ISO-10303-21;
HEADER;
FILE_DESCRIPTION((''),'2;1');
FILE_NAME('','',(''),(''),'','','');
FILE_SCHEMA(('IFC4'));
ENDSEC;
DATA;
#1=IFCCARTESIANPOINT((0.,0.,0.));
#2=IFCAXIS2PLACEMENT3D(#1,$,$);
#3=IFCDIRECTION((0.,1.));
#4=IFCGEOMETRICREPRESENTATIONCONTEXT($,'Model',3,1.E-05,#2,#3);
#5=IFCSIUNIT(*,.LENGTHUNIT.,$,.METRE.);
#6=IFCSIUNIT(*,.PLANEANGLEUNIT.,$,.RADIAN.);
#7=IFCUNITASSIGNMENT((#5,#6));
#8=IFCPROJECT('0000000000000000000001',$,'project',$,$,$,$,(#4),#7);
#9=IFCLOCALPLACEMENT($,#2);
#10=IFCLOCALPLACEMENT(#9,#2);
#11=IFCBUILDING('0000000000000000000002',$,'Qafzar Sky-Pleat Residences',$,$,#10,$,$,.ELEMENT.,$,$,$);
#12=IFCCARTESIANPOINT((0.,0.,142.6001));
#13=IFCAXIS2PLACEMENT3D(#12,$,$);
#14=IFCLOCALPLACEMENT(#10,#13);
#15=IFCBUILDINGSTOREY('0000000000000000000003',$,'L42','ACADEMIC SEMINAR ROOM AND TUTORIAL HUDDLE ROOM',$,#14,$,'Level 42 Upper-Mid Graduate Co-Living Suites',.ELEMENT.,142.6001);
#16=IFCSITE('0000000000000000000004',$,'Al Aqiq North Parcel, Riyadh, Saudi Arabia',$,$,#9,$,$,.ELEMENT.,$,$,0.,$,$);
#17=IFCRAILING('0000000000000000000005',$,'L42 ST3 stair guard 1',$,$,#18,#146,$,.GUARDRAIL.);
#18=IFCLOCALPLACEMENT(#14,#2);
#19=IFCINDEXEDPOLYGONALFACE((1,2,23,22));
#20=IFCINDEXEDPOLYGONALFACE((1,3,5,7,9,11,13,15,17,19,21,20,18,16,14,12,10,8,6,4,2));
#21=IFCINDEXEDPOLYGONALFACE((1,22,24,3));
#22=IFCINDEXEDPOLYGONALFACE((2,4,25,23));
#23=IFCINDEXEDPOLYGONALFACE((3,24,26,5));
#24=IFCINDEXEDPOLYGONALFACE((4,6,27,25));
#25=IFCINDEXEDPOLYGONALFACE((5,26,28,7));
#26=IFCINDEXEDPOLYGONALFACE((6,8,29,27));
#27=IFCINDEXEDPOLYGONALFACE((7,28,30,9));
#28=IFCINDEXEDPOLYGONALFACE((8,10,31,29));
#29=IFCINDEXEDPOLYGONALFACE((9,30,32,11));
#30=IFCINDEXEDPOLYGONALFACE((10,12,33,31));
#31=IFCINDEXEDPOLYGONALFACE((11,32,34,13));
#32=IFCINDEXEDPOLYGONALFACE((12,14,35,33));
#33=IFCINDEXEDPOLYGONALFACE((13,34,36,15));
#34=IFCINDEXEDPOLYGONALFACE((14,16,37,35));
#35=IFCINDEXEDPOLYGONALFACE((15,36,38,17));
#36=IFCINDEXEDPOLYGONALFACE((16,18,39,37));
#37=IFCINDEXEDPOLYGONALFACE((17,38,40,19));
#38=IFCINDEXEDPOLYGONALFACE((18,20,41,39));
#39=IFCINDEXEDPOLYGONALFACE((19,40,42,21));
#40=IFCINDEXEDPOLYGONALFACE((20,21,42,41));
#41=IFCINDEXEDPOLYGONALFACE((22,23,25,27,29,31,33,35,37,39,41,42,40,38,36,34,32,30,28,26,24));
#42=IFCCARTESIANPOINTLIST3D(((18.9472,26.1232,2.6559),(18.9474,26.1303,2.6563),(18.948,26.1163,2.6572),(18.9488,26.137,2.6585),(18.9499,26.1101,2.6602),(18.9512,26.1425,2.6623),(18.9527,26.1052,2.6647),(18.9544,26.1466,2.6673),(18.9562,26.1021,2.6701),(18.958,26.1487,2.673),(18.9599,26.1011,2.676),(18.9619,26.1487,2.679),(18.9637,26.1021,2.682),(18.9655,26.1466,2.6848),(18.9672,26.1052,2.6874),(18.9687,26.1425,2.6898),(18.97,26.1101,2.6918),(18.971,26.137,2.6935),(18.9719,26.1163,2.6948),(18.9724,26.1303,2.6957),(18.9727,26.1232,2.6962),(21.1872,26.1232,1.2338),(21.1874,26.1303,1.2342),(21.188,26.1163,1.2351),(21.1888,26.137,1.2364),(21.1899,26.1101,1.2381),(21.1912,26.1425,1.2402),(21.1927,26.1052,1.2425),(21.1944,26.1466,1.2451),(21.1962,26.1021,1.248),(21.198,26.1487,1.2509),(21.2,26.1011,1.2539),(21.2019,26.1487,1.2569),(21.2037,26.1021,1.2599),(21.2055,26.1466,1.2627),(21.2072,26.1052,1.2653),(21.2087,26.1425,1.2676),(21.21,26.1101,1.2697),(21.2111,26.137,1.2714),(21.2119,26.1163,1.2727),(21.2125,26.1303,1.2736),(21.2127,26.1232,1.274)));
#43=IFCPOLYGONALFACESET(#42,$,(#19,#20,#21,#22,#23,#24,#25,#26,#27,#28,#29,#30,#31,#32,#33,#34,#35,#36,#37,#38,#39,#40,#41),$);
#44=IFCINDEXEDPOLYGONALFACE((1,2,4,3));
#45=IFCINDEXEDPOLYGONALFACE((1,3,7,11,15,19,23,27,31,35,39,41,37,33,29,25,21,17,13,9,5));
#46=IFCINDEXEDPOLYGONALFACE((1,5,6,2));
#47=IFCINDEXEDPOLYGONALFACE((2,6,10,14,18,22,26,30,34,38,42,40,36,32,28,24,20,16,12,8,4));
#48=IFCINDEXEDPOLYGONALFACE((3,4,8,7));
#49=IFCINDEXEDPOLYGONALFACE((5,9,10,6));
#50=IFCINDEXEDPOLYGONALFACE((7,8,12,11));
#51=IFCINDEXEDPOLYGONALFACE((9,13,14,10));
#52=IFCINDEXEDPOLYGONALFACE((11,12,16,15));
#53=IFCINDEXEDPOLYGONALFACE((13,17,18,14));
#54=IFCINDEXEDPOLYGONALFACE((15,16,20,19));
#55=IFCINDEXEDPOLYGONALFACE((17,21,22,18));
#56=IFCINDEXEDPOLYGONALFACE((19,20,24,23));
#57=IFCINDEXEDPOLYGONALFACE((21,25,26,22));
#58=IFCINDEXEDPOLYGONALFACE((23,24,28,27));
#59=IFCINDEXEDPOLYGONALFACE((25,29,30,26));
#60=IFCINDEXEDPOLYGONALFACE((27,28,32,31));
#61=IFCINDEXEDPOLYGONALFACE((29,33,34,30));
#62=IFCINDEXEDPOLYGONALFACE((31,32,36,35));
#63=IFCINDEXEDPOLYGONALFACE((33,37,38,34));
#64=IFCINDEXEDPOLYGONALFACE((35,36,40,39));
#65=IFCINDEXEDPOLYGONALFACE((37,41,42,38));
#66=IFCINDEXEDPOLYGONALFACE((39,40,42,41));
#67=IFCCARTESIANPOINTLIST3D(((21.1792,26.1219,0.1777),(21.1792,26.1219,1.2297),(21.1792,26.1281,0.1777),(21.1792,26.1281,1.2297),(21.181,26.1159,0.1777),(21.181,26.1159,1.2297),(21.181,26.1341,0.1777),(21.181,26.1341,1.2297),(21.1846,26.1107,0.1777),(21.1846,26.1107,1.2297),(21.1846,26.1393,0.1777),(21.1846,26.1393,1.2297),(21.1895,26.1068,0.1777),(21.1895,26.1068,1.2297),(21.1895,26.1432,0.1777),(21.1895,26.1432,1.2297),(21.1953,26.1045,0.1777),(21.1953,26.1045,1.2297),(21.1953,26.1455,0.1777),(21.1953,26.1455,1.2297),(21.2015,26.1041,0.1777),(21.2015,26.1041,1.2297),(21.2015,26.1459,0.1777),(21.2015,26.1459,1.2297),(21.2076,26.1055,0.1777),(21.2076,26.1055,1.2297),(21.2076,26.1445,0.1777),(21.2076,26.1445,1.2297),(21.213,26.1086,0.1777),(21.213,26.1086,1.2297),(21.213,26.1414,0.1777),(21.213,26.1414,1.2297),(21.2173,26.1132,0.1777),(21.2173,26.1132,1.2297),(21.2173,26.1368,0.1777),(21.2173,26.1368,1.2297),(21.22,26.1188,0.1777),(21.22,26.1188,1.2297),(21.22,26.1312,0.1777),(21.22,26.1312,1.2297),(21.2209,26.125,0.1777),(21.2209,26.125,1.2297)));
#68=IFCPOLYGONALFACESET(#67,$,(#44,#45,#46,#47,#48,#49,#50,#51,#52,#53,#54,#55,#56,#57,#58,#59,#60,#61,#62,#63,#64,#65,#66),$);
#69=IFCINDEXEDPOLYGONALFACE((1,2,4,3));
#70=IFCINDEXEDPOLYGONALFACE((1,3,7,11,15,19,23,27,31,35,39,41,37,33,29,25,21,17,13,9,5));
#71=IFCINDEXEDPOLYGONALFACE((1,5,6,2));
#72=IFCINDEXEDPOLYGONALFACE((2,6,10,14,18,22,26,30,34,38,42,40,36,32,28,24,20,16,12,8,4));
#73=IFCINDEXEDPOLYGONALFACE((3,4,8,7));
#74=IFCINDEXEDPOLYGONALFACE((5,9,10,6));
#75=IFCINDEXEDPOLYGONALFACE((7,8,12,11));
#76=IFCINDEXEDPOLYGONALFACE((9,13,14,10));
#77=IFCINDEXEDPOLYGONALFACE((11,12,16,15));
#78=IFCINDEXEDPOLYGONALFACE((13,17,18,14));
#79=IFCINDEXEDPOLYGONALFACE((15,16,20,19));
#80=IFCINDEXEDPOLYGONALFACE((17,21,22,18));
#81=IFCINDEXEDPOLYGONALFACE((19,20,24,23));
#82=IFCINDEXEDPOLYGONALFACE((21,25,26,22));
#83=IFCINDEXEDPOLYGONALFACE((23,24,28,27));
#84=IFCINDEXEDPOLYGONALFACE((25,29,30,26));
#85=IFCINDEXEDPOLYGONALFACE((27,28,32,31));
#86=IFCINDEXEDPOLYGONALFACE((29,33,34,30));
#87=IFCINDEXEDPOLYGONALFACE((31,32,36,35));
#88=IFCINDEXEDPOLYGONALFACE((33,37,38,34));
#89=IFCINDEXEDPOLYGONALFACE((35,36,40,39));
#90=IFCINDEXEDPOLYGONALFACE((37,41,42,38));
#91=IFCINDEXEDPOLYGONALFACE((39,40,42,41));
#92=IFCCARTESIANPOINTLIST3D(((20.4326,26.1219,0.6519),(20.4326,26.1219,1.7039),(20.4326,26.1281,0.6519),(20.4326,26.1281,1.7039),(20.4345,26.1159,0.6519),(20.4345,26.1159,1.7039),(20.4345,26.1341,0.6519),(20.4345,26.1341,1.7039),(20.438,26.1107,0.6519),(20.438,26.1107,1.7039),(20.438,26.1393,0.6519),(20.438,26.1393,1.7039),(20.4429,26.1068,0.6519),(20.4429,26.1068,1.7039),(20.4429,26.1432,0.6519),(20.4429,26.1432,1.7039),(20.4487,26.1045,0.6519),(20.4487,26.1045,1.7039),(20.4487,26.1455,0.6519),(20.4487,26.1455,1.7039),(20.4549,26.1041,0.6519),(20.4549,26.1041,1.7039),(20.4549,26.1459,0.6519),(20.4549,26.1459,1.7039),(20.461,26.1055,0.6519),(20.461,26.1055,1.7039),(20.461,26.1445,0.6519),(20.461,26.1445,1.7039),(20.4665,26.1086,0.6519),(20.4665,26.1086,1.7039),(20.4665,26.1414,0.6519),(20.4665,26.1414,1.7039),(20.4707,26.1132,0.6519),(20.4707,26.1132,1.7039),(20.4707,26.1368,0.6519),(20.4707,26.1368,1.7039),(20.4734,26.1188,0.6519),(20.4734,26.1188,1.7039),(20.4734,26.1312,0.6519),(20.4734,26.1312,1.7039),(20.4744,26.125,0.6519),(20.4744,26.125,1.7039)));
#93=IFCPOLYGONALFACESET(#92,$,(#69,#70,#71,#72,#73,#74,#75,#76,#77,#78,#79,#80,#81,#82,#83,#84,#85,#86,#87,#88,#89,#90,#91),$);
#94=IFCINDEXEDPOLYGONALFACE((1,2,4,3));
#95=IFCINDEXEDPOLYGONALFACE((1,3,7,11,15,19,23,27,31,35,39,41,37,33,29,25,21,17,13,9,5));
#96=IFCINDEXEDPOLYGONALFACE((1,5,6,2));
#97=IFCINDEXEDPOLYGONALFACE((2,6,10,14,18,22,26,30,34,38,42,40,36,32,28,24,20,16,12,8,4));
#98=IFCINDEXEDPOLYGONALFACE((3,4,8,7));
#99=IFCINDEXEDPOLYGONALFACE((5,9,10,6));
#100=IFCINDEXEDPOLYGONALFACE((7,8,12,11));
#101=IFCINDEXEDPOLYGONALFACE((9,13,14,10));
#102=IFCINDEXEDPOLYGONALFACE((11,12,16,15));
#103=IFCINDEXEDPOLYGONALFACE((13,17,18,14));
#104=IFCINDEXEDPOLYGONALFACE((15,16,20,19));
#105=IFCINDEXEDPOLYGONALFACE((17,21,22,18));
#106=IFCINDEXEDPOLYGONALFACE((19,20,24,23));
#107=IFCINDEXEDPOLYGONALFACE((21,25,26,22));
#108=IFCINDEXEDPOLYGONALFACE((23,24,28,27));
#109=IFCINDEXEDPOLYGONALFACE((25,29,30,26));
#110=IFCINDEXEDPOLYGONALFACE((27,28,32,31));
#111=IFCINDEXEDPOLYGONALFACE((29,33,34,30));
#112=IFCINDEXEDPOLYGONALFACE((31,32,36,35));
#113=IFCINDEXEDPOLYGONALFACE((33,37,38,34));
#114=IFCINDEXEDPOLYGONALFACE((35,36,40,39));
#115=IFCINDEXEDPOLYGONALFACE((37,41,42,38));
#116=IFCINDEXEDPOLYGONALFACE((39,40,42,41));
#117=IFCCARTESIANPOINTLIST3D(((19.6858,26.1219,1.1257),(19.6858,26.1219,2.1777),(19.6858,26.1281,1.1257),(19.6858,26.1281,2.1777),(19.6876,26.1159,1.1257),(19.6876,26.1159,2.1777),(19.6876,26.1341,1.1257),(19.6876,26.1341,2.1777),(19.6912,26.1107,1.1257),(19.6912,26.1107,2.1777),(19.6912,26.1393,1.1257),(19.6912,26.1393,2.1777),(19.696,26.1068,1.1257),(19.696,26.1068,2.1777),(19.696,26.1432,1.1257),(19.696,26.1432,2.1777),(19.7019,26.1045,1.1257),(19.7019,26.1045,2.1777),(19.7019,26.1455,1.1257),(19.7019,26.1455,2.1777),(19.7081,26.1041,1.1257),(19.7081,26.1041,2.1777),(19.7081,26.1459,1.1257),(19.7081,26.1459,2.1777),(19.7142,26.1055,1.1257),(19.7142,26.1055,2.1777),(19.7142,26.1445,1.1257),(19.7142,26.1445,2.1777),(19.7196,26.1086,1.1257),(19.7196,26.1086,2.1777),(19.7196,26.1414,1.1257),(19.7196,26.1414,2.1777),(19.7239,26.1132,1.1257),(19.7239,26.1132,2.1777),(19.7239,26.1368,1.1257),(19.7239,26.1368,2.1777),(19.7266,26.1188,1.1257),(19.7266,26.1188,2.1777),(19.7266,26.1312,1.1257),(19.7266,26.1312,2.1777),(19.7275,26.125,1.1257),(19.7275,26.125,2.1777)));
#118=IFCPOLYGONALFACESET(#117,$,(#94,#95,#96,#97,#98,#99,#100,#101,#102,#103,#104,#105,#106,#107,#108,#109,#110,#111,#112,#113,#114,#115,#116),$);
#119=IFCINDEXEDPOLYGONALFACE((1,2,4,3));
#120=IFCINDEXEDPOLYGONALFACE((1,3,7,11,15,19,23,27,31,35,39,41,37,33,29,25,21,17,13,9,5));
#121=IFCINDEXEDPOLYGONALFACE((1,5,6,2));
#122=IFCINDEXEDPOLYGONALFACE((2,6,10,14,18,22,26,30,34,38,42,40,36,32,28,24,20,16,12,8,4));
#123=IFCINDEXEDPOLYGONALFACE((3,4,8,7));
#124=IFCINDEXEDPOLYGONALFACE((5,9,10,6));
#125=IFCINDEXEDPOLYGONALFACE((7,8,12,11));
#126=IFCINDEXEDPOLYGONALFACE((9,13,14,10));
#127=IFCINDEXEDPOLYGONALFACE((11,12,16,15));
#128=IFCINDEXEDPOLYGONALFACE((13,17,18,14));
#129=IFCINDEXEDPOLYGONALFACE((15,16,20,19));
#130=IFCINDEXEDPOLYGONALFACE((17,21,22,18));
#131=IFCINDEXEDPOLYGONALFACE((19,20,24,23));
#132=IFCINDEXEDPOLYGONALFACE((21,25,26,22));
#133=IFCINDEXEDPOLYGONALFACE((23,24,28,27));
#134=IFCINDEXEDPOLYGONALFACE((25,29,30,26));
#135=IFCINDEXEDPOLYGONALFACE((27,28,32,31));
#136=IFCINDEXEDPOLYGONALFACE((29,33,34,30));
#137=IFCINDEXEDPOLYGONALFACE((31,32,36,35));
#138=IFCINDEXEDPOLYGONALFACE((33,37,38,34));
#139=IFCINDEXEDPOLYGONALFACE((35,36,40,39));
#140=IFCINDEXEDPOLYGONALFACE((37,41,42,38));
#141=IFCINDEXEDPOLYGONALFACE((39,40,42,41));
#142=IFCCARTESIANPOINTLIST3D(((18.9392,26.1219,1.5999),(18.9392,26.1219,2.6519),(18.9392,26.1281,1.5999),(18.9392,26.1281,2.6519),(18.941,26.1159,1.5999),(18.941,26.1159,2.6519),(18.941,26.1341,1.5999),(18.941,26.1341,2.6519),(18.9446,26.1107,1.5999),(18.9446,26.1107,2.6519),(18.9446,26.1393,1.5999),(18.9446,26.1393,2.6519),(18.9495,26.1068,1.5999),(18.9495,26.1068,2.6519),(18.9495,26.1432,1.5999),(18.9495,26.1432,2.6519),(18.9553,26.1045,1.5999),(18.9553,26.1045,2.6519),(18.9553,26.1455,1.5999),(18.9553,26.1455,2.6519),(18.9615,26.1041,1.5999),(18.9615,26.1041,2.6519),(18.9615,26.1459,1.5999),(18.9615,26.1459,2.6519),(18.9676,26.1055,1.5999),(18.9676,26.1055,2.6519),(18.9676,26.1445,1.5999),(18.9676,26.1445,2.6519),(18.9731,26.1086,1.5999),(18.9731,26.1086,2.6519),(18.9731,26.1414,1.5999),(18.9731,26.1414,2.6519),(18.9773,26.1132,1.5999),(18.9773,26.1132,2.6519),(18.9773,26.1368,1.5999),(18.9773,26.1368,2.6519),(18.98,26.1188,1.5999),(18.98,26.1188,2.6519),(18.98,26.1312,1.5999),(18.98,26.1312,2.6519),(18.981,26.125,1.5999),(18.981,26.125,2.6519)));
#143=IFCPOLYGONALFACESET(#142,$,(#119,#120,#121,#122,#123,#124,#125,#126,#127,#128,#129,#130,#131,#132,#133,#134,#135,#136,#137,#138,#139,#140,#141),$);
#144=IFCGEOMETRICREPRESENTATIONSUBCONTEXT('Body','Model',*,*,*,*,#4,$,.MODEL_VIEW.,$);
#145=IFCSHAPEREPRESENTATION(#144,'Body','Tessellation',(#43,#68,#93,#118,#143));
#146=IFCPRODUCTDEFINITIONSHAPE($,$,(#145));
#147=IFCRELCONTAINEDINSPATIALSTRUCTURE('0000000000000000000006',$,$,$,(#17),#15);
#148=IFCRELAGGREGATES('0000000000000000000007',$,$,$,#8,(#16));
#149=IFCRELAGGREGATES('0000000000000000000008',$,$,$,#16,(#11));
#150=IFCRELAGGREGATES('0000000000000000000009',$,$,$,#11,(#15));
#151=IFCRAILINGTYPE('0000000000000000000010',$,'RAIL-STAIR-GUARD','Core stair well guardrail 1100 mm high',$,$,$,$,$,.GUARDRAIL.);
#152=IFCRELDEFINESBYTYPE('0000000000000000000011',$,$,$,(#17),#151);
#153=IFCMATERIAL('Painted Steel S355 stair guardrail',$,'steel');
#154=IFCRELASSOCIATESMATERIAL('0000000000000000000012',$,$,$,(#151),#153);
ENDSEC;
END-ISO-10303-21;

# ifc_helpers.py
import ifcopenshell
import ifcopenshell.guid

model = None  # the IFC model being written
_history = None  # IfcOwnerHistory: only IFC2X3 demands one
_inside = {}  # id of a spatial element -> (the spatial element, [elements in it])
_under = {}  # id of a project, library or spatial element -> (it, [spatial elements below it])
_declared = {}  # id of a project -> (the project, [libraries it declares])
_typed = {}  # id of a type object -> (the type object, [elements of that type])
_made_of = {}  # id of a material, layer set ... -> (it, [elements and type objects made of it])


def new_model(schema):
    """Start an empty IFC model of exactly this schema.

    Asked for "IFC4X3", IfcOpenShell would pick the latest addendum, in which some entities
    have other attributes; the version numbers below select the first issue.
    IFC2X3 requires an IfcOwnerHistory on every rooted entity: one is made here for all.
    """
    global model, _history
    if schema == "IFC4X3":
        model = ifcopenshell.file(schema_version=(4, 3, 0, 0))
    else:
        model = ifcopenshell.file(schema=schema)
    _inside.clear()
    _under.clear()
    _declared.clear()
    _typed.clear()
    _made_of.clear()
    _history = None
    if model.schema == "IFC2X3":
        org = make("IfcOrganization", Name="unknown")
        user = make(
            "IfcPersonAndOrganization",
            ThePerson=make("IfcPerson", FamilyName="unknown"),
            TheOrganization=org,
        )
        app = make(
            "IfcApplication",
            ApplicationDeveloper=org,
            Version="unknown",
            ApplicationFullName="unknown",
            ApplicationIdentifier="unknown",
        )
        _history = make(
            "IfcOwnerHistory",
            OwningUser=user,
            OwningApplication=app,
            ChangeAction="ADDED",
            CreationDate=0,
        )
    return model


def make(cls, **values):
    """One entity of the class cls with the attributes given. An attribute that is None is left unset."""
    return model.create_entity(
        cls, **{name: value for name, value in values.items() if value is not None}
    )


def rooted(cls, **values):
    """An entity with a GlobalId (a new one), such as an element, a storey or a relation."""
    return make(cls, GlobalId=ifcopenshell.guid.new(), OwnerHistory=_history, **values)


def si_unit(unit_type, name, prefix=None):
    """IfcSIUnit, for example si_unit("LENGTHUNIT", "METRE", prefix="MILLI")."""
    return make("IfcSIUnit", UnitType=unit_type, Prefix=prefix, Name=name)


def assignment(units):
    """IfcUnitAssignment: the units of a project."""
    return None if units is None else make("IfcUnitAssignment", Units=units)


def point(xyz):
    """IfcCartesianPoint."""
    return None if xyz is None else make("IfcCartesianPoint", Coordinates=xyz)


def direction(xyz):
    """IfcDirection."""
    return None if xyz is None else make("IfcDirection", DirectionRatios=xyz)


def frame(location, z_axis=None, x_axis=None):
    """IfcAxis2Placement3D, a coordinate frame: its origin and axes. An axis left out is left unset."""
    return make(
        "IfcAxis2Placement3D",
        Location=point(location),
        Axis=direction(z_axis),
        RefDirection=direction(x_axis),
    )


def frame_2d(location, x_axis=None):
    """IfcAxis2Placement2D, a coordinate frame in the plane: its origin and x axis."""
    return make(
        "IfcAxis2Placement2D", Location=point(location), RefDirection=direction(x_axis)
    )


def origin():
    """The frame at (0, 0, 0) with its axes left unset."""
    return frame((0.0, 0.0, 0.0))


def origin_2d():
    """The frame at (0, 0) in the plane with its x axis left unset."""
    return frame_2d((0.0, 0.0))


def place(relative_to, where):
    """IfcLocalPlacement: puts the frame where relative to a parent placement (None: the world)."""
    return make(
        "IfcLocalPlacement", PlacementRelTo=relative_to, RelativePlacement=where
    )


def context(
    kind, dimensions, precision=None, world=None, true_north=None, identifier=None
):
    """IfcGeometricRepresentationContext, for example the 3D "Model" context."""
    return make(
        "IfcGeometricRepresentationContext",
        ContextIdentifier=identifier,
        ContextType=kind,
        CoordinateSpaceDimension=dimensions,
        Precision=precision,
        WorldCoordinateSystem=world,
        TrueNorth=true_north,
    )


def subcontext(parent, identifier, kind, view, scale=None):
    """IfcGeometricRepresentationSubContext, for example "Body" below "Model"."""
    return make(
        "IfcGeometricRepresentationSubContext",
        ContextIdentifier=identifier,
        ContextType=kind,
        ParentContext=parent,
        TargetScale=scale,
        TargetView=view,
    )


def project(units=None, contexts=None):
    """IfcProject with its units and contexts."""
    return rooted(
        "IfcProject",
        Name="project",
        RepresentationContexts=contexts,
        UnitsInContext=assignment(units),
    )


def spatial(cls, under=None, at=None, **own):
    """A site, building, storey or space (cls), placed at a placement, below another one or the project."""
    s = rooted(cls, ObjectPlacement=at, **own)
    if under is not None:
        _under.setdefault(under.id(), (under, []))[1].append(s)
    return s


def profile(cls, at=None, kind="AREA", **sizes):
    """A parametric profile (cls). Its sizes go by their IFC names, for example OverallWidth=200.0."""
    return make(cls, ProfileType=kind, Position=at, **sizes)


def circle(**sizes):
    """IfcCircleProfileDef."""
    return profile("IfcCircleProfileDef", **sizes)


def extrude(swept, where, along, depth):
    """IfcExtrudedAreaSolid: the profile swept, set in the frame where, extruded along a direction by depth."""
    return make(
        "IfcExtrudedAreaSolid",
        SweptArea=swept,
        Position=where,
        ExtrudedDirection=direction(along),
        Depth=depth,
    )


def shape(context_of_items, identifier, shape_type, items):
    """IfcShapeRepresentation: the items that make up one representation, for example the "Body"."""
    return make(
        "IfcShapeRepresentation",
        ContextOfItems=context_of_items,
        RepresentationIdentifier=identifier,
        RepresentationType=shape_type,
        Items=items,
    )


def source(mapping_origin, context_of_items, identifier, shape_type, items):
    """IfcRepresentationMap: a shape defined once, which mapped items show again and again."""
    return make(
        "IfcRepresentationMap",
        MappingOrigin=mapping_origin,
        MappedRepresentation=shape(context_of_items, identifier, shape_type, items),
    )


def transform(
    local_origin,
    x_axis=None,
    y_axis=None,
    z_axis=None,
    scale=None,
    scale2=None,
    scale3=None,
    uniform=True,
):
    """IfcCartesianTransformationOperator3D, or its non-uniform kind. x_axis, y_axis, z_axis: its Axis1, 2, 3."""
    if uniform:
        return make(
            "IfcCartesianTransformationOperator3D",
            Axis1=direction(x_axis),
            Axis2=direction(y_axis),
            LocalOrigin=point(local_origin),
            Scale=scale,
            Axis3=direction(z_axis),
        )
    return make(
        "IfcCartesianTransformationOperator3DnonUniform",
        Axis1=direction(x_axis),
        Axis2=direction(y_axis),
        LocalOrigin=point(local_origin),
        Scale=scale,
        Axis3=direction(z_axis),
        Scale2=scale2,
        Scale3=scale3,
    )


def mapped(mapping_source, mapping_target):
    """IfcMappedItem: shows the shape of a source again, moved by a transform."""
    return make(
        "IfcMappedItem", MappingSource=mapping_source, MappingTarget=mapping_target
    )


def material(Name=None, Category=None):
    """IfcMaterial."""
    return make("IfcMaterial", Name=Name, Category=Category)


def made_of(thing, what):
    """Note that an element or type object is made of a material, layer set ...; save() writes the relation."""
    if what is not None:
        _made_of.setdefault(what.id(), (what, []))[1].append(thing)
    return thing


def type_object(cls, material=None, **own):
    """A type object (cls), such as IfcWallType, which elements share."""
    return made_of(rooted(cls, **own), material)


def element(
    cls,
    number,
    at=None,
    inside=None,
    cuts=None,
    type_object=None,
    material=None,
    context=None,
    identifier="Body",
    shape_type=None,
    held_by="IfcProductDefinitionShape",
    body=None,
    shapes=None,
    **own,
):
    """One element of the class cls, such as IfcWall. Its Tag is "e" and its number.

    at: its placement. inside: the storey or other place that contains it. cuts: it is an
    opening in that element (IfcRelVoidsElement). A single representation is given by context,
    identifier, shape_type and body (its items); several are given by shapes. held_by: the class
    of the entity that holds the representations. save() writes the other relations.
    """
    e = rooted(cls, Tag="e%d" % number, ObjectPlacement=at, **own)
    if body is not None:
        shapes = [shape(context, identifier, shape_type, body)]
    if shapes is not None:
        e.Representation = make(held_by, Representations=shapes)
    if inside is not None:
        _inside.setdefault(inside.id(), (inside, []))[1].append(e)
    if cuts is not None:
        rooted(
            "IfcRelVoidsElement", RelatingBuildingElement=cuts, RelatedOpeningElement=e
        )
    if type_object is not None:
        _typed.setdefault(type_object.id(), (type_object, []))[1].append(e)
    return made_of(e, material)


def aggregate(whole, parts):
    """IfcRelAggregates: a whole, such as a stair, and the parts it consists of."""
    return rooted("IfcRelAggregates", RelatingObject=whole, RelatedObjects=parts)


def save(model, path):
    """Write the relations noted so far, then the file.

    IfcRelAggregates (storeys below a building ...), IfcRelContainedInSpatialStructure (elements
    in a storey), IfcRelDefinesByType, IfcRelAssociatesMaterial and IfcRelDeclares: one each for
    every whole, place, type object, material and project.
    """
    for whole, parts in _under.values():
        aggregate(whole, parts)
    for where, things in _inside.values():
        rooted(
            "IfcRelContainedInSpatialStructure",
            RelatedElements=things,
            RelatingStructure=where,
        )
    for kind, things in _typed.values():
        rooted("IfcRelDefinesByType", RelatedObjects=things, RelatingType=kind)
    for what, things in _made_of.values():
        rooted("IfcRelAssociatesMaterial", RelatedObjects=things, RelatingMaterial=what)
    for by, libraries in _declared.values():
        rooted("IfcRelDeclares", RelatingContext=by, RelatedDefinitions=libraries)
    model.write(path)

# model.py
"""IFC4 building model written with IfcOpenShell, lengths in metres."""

from ifc_helpers import new_model, si_unit, direction, frame, origin, origin_2d, place, context, subcontext, project, spatial, circle, extrude, source, transform, mapped, material, type_object, element, save


model = new_model("IFC4")

# Units and contexts
model_context = context("Model", 3, precision=1e-05, world=origin(), true_north=direction((0.0, 1.0)))
body_context = subcontext(model_context, "Body", "Model", "MODEL_VIEW")
ifc_project = project(units=[si_unit("LENGTHUNIT", "METRE"), si_unit("PLANEANGLEUNIT", "RADIAN")], contexts=[model_context])

# Site, building, storey
site_placement = place(None, origin())
site = spatial("IfcSite", under=ifc_project, at=site_placement, Name="Al Aqiq North Parcel, Riyadh, Saudi Arabia", CompositionType="ELEMENT", RefElevation=0.0)
building_placement = place(site_placement, origin())
building = spatial("IfcBuilding", under=site, at=building_placement, Name="Qafzar Sky-Pleat Residences", CompositionType="ELEMENT")
storey_placement = place(building_placement, frame((0.0, 0.0, 142.6001)))
storey = spatial("IfcBuildingStorey", under=building, at=storey_placement, Name="L42", Description="ACADEMIC SEMINAR ROOM AND TUTORIAL HUDDLE ROOM", LongName="Level 42 Upper-Mid Graduate Co-Living Suites", CompositionType="ELEMENT", Elevation=142.6001)

# Railing
ifc_material_1 = material(Name="Painted Steel S355 stair guardrail", Category="steel")
railing_type_1 = type_object("IfcRailingType", Name="RAIL-STAIR-GUARD", Description="Core stair well guardrail 1100 mm high", PredefinedType="GUARDRAIL", material=ifc_material_1)
shared_shape_1 = source(origin(), body_context, "Body", "SweptSolid", [
    extrude(circle(Radius=0.0239, at=origin_2d()), frame((0.0, 0.0, 1.0762), z_axis=(-0.844229, 0.0, 0.535982), x_axis=(0.0, -1.0, 0.0)), (0.0, 0.0, 1.0), 2.6533),
    extrude(circle(Radius=0.021, at=origin_2d()), origin(), (0.0, 0.0, 1.0), 1.052),
    extrude(circle(Radius=0.021, at=origin_2d()), frame((-0.7466, 0.0, 0.4741)), (0.0, 0.0, 1.0), 1.052),
    extrude(circle(Radius=0.021, at=origin_2d()), frame((-1.4934, 0.0, 0.948)), (0.0, 0.0, 1.0), 1.052),
    extrude(circle(Radius=0.021, at=origin_2d()), frame((-2.24, 0.0, 1.4221)), (0.0, 0.0, 1.0), 1.052),
])
railing_1_placement = place(storey_placement, frame((21.2, 26.125, 0.1777)))
element("IfcRailing", 1, at=railing_1_placement, inside=storey, type_object=railing_type_1, Name="L42 ST3 stair guard 1", PredefinedType="GUARDRAIL", context=body_context, shape_type="MappedRepresentation", body=[
    mapped(shared_shape_1, transform((0.0, 0.0, 0.0), x_axis=(1.0, 0.0, 0.0), y_axis=(0.0, 1.0, 0.0), z_axis=(0.0, 0.0, 1.0), scale=1.0)),
])

save(model, "model.ifc")
